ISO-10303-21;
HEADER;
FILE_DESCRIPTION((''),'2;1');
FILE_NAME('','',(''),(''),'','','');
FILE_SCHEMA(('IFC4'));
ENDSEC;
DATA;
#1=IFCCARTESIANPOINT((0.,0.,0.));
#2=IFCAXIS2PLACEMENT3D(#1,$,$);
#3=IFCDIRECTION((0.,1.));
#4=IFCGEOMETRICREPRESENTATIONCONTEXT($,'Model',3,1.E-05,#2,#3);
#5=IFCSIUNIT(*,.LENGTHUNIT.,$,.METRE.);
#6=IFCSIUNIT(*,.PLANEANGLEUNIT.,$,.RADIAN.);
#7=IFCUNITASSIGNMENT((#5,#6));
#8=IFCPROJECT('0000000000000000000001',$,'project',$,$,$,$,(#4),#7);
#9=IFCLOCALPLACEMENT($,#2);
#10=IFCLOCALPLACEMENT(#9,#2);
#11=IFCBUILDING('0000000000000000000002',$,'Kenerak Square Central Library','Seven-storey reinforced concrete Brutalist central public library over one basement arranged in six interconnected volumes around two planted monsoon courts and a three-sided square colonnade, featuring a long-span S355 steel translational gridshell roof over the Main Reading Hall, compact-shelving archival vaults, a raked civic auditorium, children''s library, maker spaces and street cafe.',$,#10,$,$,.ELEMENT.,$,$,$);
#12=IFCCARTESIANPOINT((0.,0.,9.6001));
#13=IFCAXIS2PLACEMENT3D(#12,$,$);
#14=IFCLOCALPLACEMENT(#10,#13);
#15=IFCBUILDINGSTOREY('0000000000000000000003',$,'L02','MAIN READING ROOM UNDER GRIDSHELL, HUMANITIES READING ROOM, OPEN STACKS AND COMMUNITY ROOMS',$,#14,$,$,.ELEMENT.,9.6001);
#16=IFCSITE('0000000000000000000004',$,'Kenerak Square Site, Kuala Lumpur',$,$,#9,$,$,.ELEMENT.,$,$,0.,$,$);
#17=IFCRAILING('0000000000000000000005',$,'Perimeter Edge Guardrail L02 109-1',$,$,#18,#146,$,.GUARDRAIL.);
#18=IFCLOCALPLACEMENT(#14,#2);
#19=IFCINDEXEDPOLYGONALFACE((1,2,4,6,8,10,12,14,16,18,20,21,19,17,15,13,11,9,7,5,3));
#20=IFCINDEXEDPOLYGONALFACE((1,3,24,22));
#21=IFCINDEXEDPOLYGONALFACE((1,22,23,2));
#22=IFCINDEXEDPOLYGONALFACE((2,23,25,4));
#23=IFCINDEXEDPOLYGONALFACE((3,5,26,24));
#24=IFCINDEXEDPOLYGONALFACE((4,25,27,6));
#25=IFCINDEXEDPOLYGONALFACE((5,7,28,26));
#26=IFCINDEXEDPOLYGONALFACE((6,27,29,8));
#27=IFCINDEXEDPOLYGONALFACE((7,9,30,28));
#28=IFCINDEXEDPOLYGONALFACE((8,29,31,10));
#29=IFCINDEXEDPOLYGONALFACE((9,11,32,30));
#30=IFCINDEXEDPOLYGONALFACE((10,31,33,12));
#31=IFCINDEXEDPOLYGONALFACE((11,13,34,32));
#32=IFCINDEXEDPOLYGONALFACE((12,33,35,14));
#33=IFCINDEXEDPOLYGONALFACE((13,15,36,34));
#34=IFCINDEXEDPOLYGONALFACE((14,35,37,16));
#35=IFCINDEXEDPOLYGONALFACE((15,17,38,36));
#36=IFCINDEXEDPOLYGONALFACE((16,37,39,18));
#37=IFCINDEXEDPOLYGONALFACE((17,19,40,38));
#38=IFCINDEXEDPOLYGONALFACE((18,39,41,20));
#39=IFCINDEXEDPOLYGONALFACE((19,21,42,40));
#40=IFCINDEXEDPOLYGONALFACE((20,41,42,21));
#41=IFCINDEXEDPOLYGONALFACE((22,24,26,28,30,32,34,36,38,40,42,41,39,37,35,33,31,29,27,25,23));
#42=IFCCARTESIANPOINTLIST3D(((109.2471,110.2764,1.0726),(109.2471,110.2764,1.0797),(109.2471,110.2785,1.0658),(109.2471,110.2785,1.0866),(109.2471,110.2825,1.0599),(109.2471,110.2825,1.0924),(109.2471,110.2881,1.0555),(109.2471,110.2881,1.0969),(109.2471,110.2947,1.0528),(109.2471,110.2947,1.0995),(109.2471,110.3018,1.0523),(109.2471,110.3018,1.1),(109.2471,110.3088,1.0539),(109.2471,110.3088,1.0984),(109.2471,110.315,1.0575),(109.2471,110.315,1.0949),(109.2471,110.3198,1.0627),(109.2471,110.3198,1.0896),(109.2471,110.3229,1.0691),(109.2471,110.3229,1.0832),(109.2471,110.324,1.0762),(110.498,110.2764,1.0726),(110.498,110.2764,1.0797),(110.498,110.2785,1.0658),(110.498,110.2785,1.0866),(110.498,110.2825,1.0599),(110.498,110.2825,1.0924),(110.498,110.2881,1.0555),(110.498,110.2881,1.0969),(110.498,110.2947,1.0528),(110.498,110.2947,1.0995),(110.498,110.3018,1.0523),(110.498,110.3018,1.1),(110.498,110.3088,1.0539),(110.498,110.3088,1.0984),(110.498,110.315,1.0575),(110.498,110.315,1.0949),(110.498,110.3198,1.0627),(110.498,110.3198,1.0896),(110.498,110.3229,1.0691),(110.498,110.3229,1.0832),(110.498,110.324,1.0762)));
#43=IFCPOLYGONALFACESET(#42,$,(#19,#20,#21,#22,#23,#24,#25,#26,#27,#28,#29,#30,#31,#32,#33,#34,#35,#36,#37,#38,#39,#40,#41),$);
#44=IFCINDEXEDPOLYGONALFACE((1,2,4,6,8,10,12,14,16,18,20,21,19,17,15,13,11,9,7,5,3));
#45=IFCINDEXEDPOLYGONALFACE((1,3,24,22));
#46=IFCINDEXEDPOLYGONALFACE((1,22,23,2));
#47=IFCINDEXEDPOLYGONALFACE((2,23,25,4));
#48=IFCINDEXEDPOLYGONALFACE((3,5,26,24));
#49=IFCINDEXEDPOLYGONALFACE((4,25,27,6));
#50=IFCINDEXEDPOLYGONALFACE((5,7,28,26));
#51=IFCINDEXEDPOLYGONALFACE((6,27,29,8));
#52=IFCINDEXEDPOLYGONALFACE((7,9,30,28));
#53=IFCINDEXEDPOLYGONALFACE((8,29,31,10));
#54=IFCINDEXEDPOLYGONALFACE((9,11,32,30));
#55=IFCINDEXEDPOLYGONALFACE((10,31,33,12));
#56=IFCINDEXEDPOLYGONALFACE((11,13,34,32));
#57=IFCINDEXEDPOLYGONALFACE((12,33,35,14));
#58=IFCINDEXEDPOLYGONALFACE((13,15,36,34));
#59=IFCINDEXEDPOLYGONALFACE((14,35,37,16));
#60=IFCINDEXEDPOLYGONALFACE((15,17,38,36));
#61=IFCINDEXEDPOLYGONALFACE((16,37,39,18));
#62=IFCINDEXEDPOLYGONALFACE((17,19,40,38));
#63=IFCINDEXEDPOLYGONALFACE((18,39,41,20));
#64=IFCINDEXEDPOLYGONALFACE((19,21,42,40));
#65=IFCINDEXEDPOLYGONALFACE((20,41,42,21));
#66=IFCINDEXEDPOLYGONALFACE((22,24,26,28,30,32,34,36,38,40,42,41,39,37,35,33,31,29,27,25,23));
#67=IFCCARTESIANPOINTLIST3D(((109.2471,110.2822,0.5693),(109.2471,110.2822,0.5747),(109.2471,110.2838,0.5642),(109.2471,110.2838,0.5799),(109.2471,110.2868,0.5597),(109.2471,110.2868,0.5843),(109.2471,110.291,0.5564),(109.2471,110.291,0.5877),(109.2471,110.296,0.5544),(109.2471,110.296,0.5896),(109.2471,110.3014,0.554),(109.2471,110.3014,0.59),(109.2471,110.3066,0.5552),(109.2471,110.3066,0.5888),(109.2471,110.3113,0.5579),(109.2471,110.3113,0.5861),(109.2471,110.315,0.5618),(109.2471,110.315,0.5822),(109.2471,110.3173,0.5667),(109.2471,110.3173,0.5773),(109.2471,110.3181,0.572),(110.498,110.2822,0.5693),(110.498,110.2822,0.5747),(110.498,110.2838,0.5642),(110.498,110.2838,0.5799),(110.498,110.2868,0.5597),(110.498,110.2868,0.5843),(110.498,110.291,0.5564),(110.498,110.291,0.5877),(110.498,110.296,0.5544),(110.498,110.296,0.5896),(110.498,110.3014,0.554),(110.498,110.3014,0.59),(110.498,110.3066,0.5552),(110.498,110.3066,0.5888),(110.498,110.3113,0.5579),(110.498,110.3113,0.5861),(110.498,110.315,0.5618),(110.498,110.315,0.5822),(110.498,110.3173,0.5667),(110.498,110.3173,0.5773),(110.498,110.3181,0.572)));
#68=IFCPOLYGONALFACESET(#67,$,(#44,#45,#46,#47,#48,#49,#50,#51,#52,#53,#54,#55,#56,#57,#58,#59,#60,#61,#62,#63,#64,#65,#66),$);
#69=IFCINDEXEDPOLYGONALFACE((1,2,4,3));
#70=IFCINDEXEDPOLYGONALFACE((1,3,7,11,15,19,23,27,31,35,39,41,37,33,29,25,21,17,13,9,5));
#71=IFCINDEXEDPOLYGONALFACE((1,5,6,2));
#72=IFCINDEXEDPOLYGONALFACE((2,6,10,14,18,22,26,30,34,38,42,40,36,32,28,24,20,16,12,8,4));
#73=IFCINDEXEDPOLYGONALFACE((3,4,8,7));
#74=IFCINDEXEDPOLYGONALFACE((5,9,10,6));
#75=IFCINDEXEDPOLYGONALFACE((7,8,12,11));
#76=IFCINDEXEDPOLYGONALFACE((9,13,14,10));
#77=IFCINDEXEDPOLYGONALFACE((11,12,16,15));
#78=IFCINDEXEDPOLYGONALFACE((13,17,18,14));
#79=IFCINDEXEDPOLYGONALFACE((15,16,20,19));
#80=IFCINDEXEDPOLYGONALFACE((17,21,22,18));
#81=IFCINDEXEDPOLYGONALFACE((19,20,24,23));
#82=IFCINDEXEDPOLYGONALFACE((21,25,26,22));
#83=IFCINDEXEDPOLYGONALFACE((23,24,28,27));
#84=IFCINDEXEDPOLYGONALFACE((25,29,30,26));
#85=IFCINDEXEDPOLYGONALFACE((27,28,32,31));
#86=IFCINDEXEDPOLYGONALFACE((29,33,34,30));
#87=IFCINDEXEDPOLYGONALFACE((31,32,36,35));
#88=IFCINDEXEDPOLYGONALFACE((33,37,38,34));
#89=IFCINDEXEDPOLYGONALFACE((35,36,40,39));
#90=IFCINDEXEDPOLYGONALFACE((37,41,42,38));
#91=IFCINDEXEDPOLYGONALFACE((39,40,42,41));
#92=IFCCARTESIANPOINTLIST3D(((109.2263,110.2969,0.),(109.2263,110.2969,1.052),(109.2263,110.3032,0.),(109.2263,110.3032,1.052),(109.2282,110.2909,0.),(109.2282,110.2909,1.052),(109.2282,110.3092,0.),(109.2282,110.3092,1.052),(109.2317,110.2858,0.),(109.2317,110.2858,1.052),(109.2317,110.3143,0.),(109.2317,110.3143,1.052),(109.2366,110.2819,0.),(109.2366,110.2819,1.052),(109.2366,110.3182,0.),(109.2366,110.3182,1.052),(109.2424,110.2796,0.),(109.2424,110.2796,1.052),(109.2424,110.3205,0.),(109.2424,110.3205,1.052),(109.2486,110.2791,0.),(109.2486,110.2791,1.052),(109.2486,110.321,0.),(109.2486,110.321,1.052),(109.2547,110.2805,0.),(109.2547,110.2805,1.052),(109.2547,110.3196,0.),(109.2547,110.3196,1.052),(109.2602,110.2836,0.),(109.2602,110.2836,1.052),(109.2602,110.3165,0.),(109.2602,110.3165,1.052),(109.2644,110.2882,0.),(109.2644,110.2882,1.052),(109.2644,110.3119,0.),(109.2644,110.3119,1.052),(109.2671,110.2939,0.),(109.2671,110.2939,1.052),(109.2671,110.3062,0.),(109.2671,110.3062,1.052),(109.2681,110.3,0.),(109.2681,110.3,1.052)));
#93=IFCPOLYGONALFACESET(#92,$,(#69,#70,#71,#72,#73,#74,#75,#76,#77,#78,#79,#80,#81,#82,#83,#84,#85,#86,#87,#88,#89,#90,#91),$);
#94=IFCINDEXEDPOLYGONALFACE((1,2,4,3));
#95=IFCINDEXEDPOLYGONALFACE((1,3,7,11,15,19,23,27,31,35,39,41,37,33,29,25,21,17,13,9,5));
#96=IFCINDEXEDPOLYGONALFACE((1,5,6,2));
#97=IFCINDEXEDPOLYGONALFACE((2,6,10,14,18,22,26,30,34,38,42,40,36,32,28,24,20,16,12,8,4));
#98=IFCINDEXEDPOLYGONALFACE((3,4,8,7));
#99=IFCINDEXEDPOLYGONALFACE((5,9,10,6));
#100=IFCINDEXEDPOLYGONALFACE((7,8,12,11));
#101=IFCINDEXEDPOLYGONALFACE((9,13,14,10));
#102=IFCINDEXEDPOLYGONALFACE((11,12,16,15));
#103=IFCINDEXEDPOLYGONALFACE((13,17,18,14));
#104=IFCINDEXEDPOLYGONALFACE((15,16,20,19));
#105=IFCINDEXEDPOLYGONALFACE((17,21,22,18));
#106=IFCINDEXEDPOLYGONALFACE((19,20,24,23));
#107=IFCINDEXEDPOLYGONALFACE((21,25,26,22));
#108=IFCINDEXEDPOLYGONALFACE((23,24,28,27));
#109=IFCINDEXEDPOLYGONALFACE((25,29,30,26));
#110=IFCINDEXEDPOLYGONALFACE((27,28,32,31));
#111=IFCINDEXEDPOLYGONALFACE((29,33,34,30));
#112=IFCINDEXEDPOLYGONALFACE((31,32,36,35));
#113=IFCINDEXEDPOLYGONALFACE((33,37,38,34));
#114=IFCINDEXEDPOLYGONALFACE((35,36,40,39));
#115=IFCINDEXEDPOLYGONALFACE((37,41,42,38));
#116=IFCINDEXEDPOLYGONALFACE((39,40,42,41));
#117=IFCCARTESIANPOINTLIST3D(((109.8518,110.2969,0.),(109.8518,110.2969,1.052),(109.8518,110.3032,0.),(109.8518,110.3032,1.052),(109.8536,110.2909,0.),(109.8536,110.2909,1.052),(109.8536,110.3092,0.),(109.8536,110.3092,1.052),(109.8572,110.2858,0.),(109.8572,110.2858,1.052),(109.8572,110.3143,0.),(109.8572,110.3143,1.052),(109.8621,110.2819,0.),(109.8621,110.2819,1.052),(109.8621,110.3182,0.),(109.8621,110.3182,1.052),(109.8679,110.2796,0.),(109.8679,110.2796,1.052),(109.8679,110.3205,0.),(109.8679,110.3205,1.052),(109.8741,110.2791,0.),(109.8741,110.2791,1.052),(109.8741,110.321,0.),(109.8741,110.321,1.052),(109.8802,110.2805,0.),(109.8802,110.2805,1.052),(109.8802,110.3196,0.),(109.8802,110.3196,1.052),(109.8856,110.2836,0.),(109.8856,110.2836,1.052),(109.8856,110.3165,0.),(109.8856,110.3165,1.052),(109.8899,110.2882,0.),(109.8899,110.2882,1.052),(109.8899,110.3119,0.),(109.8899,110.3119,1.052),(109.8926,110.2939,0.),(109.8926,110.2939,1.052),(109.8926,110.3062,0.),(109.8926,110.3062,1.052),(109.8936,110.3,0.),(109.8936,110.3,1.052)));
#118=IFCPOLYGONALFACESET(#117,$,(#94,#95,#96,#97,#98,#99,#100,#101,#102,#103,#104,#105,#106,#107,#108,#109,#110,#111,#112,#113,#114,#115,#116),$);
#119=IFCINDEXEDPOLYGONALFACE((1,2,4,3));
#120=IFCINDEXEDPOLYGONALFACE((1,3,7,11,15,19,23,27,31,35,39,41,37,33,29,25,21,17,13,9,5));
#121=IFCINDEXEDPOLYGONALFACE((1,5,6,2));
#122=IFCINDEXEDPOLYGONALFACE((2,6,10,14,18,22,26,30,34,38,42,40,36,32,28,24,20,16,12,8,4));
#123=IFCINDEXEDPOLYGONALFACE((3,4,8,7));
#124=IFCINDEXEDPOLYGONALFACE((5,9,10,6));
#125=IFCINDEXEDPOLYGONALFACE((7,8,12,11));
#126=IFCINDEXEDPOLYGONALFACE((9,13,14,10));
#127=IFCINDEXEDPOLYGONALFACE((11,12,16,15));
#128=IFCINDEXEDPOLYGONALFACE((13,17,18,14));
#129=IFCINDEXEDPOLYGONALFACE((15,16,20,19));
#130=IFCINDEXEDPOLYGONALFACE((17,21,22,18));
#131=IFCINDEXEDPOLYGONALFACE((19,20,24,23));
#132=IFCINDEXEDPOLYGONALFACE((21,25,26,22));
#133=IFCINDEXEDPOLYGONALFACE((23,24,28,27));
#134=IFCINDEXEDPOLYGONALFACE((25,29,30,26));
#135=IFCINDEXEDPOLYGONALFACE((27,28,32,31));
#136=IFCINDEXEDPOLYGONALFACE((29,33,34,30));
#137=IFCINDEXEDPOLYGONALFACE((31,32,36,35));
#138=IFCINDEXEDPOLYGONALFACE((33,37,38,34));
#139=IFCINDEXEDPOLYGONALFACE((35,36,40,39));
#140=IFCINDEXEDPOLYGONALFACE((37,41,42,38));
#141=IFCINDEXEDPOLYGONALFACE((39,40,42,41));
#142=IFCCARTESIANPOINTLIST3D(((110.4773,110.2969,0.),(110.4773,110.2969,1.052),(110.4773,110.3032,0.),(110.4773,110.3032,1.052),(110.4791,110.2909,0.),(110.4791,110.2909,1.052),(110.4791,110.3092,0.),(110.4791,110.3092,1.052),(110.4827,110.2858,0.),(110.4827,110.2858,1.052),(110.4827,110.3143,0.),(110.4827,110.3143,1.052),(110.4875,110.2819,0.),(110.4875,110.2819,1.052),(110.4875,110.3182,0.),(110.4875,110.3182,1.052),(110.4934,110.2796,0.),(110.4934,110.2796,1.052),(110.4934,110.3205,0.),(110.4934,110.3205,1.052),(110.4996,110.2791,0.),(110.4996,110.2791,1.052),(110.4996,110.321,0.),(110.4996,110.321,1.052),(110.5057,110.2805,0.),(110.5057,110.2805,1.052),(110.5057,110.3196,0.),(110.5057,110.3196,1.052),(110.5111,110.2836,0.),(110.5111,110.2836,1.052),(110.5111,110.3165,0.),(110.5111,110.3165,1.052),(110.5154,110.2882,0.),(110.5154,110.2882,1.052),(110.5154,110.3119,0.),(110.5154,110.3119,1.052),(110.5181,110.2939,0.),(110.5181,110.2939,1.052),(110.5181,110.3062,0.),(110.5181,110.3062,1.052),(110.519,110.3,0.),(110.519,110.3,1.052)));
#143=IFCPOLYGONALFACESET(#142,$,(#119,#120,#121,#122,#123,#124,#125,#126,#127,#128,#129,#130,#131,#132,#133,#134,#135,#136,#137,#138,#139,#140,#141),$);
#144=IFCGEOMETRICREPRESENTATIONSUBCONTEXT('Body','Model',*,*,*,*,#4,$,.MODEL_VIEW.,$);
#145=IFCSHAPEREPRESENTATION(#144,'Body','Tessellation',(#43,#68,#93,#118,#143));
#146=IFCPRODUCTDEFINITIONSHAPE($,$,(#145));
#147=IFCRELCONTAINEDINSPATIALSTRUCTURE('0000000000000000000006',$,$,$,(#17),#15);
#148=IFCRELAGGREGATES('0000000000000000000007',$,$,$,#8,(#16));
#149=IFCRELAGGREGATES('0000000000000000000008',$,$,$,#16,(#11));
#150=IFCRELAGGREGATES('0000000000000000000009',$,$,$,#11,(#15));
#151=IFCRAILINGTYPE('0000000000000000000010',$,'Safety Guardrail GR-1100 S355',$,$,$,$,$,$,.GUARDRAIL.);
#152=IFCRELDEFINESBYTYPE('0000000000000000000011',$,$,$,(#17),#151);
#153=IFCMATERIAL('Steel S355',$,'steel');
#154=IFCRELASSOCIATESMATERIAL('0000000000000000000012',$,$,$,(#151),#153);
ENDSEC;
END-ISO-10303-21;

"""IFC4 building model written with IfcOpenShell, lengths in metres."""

from ifc_helpers import new_model, si_unit, direction, frame, origin, origin_2d, place, context, subcontext, project, spatial, circle, extrude, material, type_object, element, save


model = new_model("IFC4")

# Units and contexts
model_context = context("Model", 3, precision=1e-05, world=origin(), true_north=direction((0.0, 1.0)))
body_context = subcontext(model_context, "Body", "Model", "MODEL_VIEW")
ifc_project = project(units=[si_unit("LENGTHUNIT", "METRE"), si_unit("PLANEANGLEUNIT", "RADIAN")], contexts=[model_context])

# Site, building, storey
site_placement = place(None, origin())
site = spatial("IfcSite", under=ifc_project, at=site_placement, Name="Kenerak Square Site, Kuala Lumpur", CompositionType="ELEMENT", RefElevation=0.0)
building_placement = place(site_placement, origin())
building = spatial("IfcBuilding", under=site, at=building_placement, Name="Kenerak Square Central Library", Description="Seven-storey reinforced concrete Brutalist central public library over one basement arranged in six interconnected volumes around two planted monsoon courts and a three-sided square colonnade, featuring a long-span S355 steel translational gridshell roof over the Main Reading Hall, compact-shelving archival vaults, a raked civic auditorium, children's library, maker spaces and street cafe.", CompositionType="ELEMENT")
storey_placement = place(building_placement, frame((0.0, 0.0, 9.6001)))
storey = spatial("IfcBuildingStorey", under=building, at=storey_placement, Name="L02", Description="MAIN READING ROOM UNDER GRIDSHELL, HUMANITIES READING ROOM, OPEN STACKS AND COMMUNITY ROOMS", CompositionType="ELEMENT", Elevation=9.6001)

# Railing
ifc_material_1 = material(Name="Steel S355", Category="steel")
railing_type = type_object("IfcRailingType", Name="Safety Guardrail GR-1100 S355", PredefinedType="GUARDRAIL", material=ifc_material_1)
for number, where, name in (
    (1, (109.2471, 110.3, 0.0), "Perimeter Edge Guardrail L02 109-1"),
):
    element("IfcRailing", number, at=place(storey_placement, frame(where)), inside=storey, type_object=railing_type, Name=name, PredefinedType="GUARDRAIL", context=body_context, shape_type="SweptSolid", body=[
        extrude(circle(Radius=0.0239, at=origin_2d()), frame((0.0, 0.0, 1.0762), z_axis=(1.0, 0.0, 0.0), x_axis=(0.0, 1.0, 0.0)), (0.0, 0.0, 1.0), 1.251),
        extrude(circle(Radius=0.0181, at=origin_2d()), frame((0.0, 0.0, 0.572), z_axis=(1.0, 0.0, 0.0), x_axis=(0.0, 1.0, 0.0)), (0.0, 0.0, 1.0), 1.251),
        extrude(circle(Radius=0.021, at=origin_2d()), origin(), (0.0, 0.0, 1.0), 1.052),
        extrude(circle(Radius=0.021, at=origin_2d()), frame((0.6255, 0.0, 0.0)), (0.0, 0.0, 1.0), 1.052),
        extrude(circle(Radius=0.021, at=origin_2d()), frame((1.251, 0.0, 0.0)), (0.0, 0.0, 1.0), 1.052),
    ])

save(model, "model.ifc")
